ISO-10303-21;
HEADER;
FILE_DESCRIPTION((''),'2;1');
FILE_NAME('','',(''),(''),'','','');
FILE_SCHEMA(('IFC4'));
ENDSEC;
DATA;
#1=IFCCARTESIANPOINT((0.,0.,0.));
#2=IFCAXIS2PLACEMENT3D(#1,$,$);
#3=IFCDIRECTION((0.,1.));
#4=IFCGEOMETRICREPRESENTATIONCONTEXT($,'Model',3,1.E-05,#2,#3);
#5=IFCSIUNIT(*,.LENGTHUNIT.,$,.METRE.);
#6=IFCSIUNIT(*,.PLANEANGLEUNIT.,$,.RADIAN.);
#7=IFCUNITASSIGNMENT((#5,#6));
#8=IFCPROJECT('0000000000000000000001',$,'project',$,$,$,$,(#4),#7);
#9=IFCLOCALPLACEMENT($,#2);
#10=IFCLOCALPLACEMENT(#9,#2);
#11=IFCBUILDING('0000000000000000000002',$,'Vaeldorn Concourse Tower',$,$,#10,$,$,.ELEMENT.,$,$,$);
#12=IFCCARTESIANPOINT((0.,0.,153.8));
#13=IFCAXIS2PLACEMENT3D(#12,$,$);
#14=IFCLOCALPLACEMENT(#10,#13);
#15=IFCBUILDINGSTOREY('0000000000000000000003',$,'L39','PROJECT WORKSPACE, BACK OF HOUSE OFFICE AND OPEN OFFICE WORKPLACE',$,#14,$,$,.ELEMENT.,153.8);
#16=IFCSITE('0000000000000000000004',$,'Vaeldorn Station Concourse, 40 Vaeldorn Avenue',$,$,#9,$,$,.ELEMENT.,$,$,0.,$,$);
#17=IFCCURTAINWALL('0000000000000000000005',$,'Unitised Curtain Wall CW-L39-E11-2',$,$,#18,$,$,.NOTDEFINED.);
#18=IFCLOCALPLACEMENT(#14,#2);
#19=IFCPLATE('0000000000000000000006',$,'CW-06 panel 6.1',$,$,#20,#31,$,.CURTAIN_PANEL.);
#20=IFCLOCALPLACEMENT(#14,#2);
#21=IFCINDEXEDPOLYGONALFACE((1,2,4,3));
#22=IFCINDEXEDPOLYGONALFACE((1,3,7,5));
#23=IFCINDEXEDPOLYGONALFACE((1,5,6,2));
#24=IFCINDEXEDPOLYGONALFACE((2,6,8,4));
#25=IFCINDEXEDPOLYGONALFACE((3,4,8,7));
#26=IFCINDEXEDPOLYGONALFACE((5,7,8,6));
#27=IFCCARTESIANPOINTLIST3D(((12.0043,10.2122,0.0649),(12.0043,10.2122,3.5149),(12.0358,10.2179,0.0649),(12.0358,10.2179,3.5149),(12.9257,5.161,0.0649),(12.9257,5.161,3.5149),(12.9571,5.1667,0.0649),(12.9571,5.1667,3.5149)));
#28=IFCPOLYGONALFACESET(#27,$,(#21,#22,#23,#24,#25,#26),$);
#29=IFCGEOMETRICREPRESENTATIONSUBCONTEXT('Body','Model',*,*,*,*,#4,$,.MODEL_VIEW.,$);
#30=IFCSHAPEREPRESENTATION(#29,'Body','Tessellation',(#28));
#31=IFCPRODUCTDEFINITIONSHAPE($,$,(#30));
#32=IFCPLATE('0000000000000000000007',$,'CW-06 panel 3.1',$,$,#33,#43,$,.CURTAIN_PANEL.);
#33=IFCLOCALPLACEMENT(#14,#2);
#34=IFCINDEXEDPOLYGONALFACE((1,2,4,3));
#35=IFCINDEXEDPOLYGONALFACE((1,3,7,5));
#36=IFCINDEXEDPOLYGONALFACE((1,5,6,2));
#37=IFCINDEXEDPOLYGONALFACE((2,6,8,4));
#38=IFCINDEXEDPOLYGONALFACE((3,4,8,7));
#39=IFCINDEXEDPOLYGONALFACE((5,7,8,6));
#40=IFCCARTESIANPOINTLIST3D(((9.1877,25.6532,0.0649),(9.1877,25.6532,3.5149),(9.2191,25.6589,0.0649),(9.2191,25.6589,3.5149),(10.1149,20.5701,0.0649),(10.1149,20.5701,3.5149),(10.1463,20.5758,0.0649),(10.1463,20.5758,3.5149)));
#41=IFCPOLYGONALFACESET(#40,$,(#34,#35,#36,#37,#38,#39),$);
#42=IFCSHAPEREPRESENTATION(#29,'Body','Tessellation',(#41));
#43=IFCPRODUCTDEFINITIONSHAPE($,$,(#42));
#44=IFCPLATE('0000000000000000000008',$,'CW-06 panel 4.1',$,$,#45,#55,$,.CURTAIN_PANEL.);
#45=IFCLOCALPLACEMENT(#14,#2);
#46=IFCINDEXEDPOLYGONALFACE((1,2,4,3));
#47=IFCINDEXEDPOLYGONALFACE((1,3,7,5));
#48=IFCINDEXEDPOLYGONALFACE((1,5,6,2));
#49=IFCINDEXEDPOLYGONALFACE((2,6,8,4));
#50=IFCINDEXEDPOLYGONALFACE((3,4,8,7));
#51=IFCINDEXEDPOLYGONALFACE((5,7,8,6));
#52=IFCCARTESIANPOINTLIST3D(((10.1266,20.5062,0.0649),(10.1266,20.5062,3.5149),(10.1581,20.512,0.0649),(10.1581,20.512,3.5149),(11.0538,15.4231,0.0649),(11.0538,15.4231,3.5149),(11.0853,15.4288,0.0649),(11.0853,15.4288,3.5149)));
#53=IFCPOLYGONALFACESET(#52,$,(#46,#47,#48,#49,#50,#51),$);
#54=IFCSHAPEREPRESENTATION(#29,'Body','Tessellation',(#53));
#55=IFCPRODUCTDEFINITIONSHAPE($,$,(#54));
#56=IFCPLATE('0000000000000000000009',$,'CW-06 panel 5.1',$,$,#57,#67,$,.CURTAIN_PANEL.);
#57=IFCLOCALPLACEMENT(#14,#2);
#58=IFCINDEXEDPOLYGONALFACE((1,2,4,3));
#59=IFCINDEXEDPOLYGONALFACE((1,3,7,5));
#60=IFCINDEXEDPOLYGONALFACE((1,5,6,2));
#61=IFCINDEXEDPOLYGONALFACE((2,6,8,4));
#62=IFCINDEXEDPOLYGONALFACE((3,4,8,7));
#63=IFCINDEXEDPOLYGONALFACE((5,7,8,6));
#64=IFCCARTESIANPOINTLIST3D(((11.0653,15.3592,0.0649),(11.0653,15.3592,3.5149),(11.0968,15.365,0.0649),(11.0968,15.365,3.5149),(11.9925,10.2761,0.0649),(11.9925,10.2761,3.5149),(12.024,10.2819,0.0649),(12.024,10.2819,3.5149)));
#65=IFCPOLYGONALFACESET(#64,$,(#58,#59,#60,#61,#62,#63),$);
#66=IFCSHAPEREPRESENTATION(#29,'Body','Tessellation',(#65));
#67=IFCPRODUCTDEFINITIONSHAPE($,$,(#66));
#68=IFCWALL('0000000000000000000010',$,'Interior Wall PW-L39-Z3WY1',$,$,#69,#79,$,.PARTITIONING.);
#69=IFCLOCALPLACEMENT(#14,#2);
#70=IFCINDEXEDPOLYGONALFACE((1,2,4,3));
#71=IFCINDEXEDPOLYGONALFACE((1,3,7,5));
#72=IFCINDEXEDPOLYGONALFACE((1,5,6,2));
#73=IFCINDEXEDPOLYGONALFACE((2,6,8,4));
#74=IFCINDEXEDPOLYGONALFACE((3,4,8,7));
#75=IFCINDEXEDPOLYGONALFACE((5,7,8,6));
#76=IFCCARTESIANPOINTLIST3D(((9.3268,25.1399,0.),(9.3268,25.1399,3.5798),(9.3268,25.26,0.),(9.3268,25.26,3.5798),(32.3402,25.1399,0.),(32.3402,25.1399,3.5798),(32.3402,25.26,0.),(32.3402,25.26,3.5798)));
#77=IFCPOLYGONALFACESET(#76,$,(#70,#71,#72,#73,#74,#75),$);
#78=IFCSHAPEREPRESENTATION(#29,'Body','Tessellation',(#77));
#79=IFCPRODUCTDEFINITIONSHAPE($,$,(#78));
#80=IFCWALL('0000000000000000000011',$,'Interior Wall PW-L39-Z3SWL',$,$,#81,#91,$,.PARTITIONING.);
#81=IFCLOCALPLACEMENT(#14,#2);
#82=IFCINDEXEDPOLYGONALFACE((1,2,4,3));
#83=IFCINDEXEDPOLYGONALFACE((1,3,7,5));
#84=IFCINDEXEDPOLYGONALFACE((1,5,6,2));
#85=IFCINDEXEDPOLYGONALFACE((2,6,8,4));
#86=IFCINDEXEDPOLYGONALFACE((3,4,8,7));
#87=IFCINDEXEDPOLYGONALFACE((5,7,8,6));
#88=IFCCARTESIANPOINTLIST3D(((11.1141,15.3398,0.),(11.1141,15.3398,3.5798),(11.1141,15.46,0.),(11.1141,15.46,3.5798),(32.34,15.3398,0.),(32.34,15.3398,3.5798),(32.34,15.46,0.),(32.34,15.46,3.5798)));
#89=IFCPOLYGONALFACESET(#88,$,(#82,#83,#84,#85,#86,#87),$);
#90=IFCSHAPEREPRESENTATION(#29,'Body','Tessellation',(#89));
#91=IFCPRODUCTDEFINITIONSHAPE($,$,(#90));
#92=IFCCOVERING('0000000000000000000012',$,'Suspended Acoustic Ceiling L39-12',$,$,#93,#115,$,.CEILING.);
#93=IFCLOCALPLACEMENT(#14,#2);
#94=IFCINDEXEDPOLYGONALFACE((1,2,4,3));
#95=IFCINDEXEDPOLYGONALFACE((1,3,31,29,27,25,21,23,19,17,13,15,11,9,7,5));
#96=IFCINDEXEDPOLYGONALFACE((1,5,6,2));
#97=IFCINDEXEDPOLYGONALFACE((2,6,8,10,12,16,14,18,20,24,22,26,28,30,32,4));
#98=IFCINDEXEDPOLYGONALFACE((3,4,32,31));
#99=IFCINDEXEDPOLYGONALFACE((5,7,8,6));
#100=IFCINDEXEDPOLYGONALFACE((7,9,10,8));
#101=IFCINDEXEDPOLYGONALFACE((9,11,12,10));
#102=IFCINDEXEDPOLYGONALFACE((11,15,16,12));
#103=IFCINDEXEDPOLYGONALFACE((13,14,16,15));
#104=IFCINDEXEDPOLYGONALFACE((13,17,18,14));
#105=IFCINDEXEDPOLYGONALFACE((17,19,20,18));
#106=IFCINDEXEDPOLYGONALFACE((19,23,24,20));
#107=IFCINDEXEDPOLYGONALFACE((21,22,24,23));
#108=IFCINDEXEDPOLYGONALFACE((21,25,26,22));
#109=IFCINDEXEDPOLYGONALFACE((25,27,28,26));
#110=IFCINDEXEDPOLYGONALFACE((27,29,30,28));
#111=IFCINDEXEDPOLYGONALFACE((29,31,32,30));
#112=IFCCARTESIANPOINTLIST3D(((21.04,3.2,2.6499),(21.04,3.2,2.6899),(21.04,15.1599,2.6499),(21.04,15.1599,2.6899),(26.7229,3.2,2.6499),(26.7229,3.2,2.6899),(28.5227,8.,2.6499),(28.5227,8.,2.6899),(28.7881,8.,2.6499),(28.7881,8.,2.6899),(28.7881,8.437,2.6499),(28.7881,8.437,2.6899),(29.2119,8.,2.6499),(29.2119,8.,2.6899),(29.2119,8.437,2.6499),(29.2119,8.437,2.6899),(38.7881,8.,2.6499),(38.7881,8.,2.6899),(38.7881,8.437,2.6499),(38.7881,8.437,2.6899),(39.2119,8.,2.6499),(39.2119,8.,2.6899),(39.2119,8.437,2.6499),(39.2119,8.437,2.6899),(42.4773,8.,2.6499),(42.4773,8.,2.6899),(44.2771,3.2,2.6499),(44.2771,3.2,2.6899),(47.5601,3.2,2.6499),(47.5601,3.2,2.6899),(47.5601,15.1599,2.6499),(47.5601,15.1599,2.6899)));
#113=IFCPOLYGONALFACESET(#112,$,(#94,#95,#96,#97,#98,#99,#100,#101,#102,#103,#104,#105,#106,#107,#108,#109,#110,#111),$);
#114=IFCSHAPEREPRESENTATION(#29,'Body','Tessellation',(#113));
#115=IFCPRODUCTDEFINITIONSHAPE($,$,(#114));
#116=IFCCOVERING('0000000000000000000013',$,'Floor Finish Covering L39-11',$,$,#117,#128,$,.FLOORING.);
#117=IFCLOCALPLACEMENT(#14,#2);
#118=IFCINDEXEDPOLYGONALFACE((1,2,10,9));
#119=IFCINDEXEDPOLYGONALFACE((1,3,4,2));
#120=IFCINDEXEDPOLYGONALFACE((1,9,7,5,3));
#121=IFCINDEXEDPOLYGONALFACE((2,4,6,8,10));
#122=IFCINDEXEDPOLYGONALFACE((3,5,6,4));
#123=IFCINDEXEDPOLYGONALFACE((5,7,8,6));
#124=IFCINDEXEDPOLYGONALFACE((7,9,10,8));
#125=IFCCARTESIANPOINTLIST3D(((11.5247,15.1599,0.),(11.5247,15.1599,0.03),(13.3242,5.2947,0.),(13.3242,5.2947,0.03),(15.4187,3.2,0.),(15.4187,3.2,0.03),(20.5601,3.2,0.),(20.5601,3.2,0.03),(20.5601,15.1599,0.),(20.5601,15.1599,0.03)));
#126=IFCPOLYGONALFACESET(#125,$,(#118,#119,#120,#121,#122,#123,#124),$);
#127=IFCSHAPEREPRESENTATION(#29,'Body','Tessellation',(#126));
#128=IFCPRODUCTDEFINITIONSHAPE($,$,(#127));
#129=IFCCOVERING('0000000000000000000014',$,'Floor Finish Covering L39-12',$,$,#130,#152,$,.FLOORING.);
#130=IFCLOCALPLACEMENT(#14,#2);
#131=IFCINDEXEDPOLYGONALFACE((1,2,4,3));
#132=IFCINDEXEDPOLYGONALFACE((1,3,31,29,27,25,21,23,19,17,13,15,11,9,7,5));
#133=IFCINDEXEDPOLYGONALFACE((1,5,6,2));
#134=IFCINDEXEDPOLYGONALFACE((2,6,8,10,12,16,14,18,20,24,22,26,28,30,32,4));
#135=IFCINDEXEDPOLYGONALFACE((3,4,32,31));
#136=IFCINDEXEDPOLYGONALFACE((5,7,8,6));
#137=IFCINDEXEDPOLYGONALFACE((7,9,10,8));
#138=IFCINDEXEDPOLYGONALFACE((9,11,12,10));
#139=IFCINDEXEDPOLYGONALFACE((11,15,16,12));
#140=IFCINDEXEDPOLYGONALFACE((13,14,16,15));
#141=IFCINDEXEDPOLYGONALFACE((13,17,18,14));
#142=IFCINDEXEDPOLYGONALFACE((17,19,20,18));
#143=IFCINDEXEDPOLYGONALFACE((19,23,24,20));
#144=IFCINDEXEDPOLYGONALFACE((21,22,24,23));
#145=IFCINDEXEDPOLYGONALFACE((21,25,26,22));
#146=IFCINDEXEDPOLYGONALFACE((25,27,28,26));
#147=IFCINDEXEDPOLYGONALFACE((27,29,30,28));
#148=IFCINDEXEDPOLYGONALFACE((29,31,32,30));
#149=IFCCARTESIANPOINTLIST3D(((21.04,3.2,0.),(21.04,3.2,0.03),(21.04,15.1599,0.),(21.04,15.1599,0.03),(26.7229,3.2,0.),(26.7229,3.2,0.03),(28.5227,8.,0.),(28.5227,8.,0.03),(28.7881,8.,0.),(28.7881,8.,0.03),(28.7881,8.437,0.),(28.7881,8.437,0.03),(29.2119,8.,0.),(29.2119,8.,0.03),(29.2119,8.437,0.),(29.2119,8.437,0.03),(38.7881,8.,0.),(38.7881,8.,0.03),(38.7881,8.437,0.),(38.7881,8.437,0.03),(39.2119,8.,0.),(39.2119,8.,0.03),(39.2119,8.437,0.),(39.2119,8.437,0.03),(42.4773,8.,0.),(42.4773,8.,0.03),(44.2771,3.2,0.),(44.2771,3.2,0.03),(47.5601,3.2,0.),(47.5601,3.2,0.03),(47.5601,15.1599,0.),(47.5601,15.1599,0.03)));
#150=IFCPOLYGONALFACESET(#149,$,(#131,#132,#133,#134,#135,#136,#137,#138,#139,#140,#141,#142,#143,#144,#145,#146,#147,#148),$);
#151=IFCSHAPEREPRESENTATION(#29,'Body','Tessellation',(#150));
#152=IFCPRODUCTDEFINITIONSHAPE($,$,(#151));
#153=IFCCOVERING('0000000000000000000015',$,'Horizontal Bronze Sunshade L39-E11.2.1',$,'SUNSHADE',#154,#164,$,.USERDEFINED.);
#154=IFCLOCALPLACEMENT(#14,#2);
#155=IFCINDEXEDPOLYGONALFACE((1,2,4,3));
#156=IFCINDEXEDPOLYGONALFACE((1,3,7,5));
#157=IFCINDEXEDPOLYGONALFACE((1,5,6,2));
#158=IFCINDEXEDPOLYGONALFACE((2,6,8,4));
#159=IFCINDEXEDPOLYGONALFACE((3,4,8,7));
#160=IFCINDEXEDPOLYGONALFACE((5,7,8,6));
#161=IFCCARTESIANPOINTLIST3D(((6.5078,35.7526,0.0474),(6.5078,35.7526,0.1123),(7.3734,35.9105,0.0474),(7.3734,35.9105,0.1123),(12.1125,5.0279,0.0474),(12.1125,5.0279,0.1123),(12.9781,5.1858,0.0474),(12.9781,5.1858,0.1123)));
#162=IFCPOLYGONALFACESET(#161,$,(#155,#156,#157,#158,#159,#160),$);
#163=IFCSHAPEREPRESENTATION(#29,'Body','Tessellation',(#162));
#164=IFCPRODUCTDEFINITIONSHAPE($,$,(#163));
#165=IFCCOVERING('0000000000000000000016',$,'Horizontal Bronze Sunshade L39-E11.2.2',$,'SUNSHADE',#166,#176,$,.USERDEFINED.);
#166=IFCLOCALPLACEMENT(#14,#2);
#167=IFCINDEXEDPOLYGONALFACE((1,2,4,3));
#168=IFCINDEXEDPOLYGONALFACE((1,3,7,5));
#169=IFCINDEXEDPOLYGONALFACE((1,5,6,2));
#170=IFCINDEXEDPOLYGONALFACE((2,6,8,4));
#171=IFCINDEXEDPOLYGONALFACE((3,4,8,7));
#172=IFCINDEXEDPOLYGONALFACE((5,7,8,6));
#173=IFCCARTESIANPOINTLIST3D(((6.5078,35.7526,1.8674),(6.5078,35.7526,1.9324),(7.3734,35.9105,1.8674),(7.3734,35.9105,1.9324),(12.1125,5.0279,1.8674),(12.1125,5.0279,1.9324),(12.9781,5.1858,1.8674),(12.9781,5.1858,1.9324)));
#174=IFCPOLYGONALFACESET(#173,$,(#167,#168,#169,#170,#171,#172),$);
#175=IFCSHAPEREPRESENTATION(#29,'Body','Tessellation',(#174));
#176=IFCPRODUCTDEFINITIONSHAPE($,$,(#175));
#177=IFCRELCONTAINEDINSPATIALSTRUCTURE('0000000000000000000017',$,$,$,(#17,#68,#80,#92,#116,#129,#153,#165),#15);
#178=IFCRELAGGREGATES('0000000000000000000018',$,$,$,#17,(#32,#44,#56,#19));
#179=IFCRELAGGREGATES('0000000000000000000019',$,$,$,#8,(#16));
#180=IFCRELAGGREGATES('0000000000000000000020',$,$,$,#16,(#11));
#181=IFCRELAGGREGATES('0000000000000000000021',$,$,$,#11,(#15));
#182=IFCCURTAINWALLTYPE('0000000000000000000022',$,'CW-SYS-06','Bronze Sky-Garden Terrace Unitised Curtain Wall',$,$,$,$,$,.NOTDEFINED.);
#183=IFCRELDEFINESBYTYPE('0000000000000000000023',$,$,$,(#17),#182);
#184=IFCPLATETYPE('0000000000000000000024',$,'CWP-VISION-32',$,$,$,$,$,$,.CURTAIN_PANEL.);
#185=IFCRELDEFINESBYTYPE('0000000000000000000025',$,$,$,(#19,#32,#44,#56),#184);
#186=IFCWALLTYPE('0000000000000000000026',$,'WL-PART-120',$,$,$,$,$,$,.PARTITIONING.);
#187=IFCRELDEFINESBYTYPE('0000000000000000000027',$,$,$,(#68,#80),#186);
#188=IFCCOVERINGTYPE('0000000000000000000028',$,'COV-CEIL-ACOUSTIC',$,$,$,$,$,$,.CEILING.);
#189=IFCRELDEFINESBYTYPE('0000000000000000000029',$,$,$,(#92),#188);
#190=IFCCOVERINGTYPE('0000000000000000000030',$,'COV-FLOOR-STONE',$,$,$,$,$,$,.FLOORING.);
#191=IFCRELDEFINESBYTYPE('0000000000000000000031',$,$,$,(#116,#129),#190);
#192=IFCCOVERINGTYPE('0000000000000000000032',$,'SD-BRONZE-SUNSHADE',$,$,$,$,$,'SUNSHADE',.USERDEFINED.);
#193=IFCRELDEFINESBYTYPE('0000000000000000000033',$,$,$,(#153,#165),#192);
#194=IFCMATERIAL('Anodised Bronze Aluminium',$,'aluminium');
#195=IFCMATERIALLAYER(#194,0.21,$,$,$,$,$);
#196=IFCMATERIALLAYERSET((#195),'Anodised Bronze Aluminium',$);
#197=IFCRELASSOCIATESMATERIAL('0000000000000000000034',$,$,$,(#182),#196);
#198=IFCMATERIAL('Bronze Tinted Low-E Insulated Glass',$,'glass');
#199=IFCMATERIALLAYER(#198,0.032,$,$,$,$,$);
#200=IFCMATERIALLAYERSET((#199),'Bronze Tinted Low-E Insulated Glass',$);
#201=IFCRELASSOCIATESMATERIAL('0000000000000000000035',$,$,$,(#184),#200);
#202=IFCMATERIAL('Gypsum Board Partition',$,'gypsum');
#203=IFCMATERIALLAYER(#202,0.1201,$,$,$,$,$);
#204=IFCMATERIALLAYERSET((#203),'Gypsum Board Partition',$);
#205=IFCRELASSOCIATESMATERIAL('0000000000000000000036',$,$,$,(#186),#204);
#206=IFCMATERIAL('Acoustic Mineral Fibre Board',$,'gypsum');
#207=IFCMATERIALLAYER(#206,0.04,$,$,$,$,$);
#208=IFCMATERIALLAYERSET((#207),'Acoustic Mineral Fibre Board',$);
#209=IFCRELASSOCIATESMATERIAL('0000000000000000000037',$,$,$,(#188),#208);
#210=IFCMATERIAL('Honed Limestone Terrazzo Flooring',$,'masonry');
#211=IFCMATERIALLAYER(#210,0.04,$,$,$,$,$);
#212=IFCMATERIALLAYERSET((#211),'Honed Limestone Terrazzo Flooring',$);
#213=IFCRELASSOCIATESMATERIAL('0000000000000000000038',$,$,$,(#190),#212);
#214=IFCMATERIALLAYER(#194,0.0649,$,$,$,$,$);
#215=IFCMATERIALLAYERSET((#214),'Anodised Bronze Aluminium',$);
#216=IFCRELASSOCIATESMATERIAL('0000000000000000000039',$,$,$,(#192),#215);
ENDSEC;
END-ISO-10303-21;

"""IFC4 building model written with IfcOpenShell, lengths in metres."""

from ifc_helpers import new_model, si_unit, direction, frame, frame_2d, origin, origin_2d, place, context, subcontext, project, spatial, polyline, rectangle, outline, extrude, source, transform, mapped, material, layer, layer_set, type_object, element, aggregate, save


model = new_model("IFC4")

# Units and contexts
model_context = context("Model", 3, precision=1e-05, world=origin(), true_north=direction((0.0, 1.0)))
body_context = subcontext(model_context, "Body", "Model", "MODEL_VIEW")
ifc_project = project(units=[si_unit("LENGTHUNIT", "METRE"), si_unit("PLANEANGLEUNIT", "RADIAN")], contexts=[model_context])

# Site, building, storey
site_placement = place(None, origin())
site = spatial("IfcSite", under=ifc_project, at=site_placement, Name="Vaeldorn Station Concourse, 40 Vaeldorn Avenue", CompositionType="ELEMENT", RefElevation=0.0)
building_placement = place(site_placement, origin())
building = spatial("IfcBuilding", under=site, at=building_placement, Name="Vaeldorn Concourse Tower", CompositionType="ELEMENT")
storey_placement = place(building_placement, frame((0.0, 0.0, 153.8)))
storey = spatial("IfcBuildingStorey", under=building, at=storey_placement, Name="L39", Description="PROJECT WORKSPACE, BACK OF HOUSE OFFICE AND OPEN OFFICE WORKPLACE", CompositionType="ELEMENT", Elevation=153.8)

# Curtain wall, plates
ifc_material_1 = material(Name="Anodised Bronze Aluminium", Category="aluminium")
ifc_layer_1 = layer(ifc_material_1, 0.21)
ifc_layer_set_1 = layer_set([ifc_layer_1], Name="Anodised Bronze Aluminium")
curtain_wall_type = type_object("IfcCurtainWallType", Name="CW-SYS-06", Description="Bronze Sky-Garden Terrace Unitised Curtain Wall", PredefinedType="NOTDEFINED", material=ifc_layer_set_1)
curtain_wall_placement = place(storey_placement, origin())
curtain_wall = element("IfcCurtainWall", 1, at=curtain_wall_placement, inside=storey, type_object=curtain_wall_type, Name="Unitised Curtain Wall CW-L39-E11-2", PredefinedType="NOTDEFINED")
ifc_material_2 = material(Name="Bronze Tinted Low-E Insulated Glass", Category="glass")
ifc_layer_2 = layer(ifc_material_2, 0.032)
ifc_layer_set_2 = layer_set([ifc_layer_2], Name="Bronze Tinted Low-E Insulated Glass")
plate_type = type_object("IfcPlateType", Name="CWP-VISION-32", PredefinedType="CURTAIN_PANEL", material=ifc_layer_set_2)
shared_shape_1 = source(origin(), body_context, "Body", "SweptSolid", [
    extrude(rectangle(XDim=5.1345, YDim=0.032, at=origin_2d()), origin(), (0.0, 0.0, 1.0), 3.45),
])
plate_1_placement = place(storey_placement, frame((12.4807, 7.6895, 0.0649), z_axis=(0.0, 0.0, 1.0), x_axis=(0.179446, -0.983768, 0.0)))
plate_1 = element("IfcPlate", 2, at=plate_1_placement, type_object=plate_type, Name="CW-06 panel 6.1", PredefinedType="CURTAIN_PANEL", context=body_context, shape_type="MappedRepresentation", body=[
    mapped(shared_shape_1, transform((0.0, 0.0, 0.0), scale=1.0)),
])
shared_shape_2 = source(origin(), body_context, "Body", "SweptSolid", [
    extrude(rectangle(XDim=5.167, YDim=0.032, at=origin_2d()), origin(), (0.0, 0.0, 1.0), 3.45),
])
plate_2_placement = place(storey_placement, frame((9.667, 23.1145, 0.0649), z_axis=(0.0, 0.0, 1.0), x_axis=(0.179446, -0.983768, 0.0)))
plate_2 = element("IfcPlate", 3, at=plate_2_placement, type_object=plate_type, Name="CW-06 panel 3.1", PredefinedType="CURTAIN_PANEL", context=body_context, shape_type="MappedRepresentation", body=[
    mapped(shared_shape_2, transform((0.0, 0.0, 0.0), scale=1.0)),
])
plate_3_placement = place(storey_placement, frame((10.606, 17.9675, 0.0649), z_axis=(0.0, 0.0, 1.0), x_axis=(0.179446, -0.983768, 0.0)))
plate_3 = element("IfcPlate", 4, at=plate_3_placement, type_object=plate_type, Name="CW-06 panel 4.1", PredefinedType="CURTAIN_PANEL", context=body_context, shape_type="MappedRepresentation", body=[
    mapped(shared_shape_2, transform((0.0, 0.0, 0.0), scale=1.0)),
])
plate_4_placement = place(storey_placement, frame((11.5447, 12.8206, 0.0649), z_axis=(0.0, 0.0, 1.0), x_axis=(0.179446, -0.983768, 0.0)))
plate_4 = element("IfcPlate", 5, at=plate_4_placement, type_object=plate_type, Name="CW-06 panel 5.1", PredefinedType="CURTAIN_PANEL", context=body_context, shape_type="MappedRepresentation", body=[
    mapped(shared_shape_2, transform((0.0, 0.0, 0.0), scale=1.0)),
])
aggregate(curtain_wall, [plate_2, plate_3, plate_4, plate_1])

# Walls
ifc_material_3 = material(Name="Gypsum Board Partition", Category="gypsum")
ifc_layer_3 = layer(ifc_material_3, 0.1201)
ifc_layer_set_3 = layer_set([ifc_layer_3], Name="Gypsum Board Partition")
wall_type = type_object("IfcWallType", Name="WL-PART-120", PredefinedType="PARTITIONING", material=ifc_layer_set_3)
wall_1_placement = place(storey_placement, frame((9.3267, 25.2, 0.0), z_axis=(0.0, 0.0, 1.0), x_axis=(1.0, 0.0, 0.0)))
element("IfcWall", 6, at=wall_1_placement, inside=storey, type_object=wall_type, Name="Interior Wall PW-L39-Z3WY1", PredefinedType="PARTITIONING", context=body_context, shape_type="SweptSolid", body=[
    extrude(rectangle(XDim=23.0134, YDim=0.1201, at=frame_2d((11.5068, 0.0))), origin(), (0.0, 0.0, 1.0), 3.5798),
])
wall_2_placement = place(storey_placement, frame((11.1143, 15.3999, 0.0), z_axis=(0.0, 0.0, 1.0), x_axis=(1.0, 0.0, 0.0)))
element("IfcWall", 7, at=wall_2_placement, inside=storey, type_object=wall_type, Name="Interior Wall PW-L39-Z3SWL", PredefinedType="PARTITIONING", context=body_context, shape_type="SweptSolid", body=[
    extrude(rectangle(XDim=21.2258, YDim=0.1201, at=frame_2d((10.6128, 0.0))), origin(), (0.0, 0.0, 1.0), 3.5798),
])

# Coverings
ifc_material_4 = material(Name="Acoustic Mineral Fibre Board", Category="gypsum")
ifc_layer_4 = layer(ifc_material_4, 0.04)
ifc_layer_set_4 = layer_set([ifc_layer_4], Name="Acoustic Mineral Fibre Board")
covering_type_1 = type_object("IfcCoveringType", Name="COV-CEIL-ACOUSTIC", PredefinedType="CEILING", material=ifc_layer_set_4)
covering_1_placement = place(storey_placement, frame((0.0, 0.0, 2.6499)))
element("IfcCovering", 8, at=covering_1_placement, inside=storey, type_object=covering_type_1, Name="Suspended Acoustic Ceiling L39-12", PredefinedType="CEILING", context=body_context, shape_type="SweptSolid", body=[
    extrude(outline(polyline([(26.7229, 3.2), (21.04, 3.2), (21.04, 15.1599), (47.5601, 15.1599), (47.5601, 3.2), (44.2771, 3.2), (42.4773, 8.0), (39.2119, 8.0), (39.2119, 8.437), (38.7881, 8.437), (38.7881, 8.0), (29.2119, 8.0), (29.2119, 8.437), (28.7881, 8.437), (28.7881, 8.0), (28.5227, 8.0), (26.7229, 3.2)])), origin(), (0.0, 0.0, 1.0), 0.04),
])
ifc_material_5 = material(Name="Honed Limestone Terrazzo Flooring", Category="masonry")
ifc_layer_5 = layer(ifc_material_5, 0.04)
ifc_layer_set_5 = layer_set([ifc_layer_5], Name="Honed Limestone Terrazzo Flooring")
covering_type_2 = type_object("IfcCoveringType", Name="COV-FLOOR-STONE", PredefinedType="FLOORING", material=ifc_layer_set_5)
covering_2_placement = place(storey_placement, origin())
element("IfcCovering", 9, at=covering_2_placement, inside=storey, type_object=covering_type_2, Name="Floor Finish Covering L39-11", PredefinedType="FLOORING", context=body_context, shape_type="SweptSolid", body=[
    extrude(outline(polyline([(20.5601, 15.1599), (20.5601, 3.2), (15.4187, 3.2), (13.3242, 5.2947), (11.5247, 15.1599), (20.5601, 15.1599)])), origin(), (0.0, 0.0, 1.0), 0.03),
])
covering_3_placement = place(storey_placement, origin())
element("IfcCovering", 10, at=covering_3_placement, inside=storey, type_object=covering_type_2, Name="Floor Finish Covering L39-12", PredefinedType="FLOORING", context=body_context, shape_type="SweptSolid", body=[
    extrude(outline(polyline([(26.7229, 3.2), (21.04, 3.2), (21.04, 15.1599), (47.5601, 15.1599), (47.5601, 3.2), (44.2771, 3.2), (42.4773, 8.0), (39.2119, 8.0), (39.2119, 8.437), (38.7881, 8.437), (38.7881, 8.0), (29.2119, 8.0), (29.2119, 8.437), (28.7881, 8.437), (28.7881, 8.0), (28.5227, 8.0), (26.7229, 3.2)])), origin(), (0.0, 0.0, 1.0), 0.03),
])
ifc_layer_6 = layer(ifc_material_1, 0.0649)
ifc_layer_set_6 = layer_set([ifc_layer_6], Name="Anodised Bronze Aluminium")
covering_type_3 = type_object("IfcCoveringType", Name="SD-BRONZE-SUNSHADE", ElementType="SUNSHADE", PredefinedType="USERDEFINED", material=ifc_layer_set_6)
shared_shape_3 = source(origin(), body_context, "Body", "SweptSolid", [
    extrude(rectangle(XDim=31.2317, YDim=0.8799, at=origin_2d()), origin(), (0.0, 0.0, 1.0), 0.0649),
])
for number, where, z_axis, x_axis, name in (
    (11, (9.7429, 20.4692, 0.0474), (0.0, 0.0, 1.0), (0.179455, -0.983766, 0.0), "Horizontal Bronze Sunshade L39-E11.2.1"),
    (12, (9.7429, 20.4692, 1.8674), (0.0, 0.0, 1.0), (0.179455, -0.983766, 0.0), "Horizontal Bronze Sunshade L39-E11.2.2"),
):
    element("IfcCovering", number, at=place(storey_placement, frame(where, z_axis=z_axis, x_axis=x_axis)), inside=storey, type_object=covering_type_3, Name=name, ObjectType="SUNSHADE", PredefinedType="USERDEFINED", context=body_context, shape_type="MappedRepresentation", body=[
        mapped(shared_shape_3, transform((0.0, 0.0, 0.0), scale=1.0)),
    ])

save(model, "model.ifc")
